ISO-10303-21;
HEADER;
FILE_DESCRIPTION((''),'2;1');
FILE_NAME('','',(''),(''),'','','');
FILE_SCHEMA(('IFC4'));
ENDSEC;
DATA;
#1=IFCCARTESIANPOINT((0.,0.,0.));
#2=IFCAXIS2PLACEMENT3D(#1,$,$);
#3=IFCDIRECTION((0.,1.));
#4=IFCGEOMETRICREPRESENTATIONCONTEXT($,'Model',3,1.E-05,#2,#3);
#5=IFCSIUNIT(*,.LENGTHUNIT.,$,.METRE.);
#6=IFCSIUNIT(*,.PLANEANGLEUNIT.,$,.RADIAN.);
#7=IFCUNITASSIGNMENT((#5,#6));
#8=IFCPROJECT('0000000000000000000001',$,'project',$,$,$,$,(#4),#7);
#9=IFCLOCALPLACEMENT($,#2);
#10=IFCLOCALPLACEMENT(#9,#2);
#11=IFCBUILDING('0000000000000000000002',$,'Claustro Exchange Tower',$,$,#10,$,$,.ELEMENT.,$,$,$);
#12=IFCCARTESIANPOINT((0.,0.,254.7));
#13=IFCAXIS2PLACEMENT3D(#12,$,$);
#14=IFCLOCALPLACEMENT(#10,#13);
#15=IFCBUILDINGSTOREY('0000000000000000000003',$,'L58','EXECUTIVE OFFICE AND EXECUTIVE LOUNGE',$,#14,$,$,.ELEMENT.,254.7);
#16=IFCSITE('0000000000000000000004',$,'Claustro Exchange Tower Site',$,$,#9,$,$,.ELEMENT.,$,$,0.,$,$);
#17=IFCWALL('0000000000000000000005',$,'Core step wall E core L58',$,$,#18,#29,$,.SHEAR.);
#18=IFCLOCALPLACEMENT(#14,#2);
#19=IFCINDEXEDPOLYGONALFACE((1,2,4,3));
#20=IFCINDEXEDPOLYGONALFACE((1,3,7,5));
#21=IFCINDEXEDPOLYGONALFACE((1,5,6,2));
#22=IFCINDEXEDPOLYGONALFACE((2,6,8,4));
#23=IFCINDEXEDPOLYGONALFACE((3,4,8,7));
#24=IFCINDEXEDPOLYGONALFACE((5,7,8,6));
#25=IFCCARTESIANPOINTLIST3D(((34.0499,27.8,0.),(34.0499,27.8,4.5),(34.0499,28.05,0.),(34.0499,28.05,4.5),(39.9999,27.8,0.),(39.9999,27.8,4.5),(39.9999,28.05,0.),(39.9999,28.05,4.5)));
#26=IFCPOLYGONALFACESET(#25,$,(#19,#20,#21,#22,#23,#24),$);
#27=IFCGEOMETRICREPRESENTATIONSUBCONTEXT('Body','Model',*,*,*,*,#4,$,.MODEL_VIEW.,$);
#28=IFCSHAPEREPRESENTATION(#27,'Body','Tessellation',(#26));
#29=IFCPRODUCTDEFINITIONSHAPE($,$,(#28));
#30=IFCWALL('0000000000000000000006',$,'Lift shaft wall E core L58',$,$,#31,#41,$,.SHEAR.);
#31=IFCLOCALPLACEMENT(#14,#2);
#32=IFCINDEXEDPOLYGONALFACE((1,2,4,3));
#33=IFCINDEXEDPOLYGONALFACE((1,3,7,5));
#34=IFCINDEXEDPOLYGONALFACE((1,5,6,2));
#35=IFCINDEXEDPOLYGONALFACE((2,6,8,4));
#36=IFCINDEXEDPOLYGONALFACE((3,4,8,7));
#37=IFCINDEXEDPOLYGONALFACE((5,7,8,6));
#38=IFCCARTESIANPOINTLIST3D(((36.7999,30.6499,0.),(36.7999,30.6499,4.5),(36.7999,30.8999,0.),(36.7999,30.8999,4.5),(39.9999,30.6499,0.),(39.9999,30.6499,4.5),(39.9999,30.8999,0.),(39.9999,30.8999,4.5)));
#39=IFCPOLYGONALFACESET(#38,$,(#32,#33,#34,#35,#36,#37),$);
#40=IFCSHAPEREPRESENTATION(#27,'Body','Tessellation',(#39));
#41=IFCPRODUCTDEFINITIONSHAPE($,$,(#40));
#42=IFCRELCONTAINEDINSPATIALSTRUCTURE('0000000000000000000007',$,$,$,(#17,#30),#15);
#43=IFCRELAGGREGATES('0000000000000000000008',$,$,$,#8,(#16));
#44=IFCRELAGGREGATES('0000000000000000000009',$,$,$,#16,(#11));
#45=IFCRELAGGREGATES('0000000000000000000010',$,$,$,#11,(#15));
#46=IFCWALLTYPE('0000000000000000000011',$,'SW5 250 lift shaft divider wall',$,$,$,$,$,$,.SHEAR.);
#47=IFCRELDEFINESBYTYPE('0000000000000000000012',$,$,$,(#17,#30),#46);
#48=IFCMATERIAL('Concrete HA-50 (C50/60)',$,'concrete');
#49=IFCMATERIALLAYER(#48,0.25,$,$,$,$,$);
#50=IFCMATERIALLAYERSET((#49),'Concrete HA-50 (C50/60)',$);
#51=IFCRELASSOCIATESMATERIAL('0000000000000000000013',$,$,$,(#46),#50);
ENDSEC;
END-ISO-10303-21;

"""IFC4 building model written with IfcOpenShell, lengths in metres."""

from ifc_helpers import new_model, si_unit, direction, frame, frame_2d, origin, place, context, subcontext, project, spatial, rectangle, extrude, material, layer, layer_set, type_object, element, save


model = new_model("IFC4")

# Units and contexts
model_context = context("Model", 3, precision=1e-05, world=origin(), true_north=direction((0.0, 1.0)))
body_context = subcontext(model_context, "Body", "Model", "MODEL_VIEW")
ifc_project = project(units=[si_unit("LENGTHUNIT", "METRE"), si_unit("PLANEANGLEUNIT", "RADIAN")], contexts=[model_context])

# Site, building, storey
site_placement = place(None, origin())
site = spatial("IfcSite", under=ifc_project, at=site_placement, Name="Claustro Exchange Tower Site", CompositionType="ELEMENT", RefElevation=0.0)
building_placement = place(site_placement, origin())
building = spatial("IfcBuilding", under=site, at=building_placement, Name="Claustro Exchange Tower", CompositionType="ELEMENT")
storey_placement = place(building_placement, frame((0.0, 0.0, 254.7)))
storey = spatial("IfcBuildingStorey", under=building, at=storey_placement, Name="L58", Description="EXECUTIVE OFFICE AND EXECUTIVE LOUNGE", CompositionType="ELEMENT", Elevation=254.7)

# Walls
ifc_material_1 = material(Name="Concrete HA-50 (C50/60)", Category="concrete")
ifc_layer_1 = layer(ifc_material_1, 0.25)
ifc_layer_set_1 = layer_set([ifc_layer_1], Name="Concrete HA-50 (C50/60)")
wall_type_1 = type_object("IfcWallType", Name="SW5 250 lift shaft divider wall", PredefinedType="SHEAR", material=ifc_layer_set_1)
wall_1_placement = place(storey_placement, frame((40.0, 27.925, 0.0), z_axis=(0.0, 0.0, 1.0), x_axis=(-1.0, 0.0, 0.0)))
element("IfcWall", 1, at=wall_1_placement, inside=storey, type_object=wall_type_1, Name="Core step wall E core L58", PredefinedType="SHEAR", context=body_context, shape_type="SweptSolid", body=[
    extrude(rectangle(XDim=5.95, YDim=0.25, at=frame_2d((2.9751, 0.0))), origin(), (0.0, 0.0, 1.0), 4.5),
])
wall_2_placement = place(storey_placement, frame((40.0, 30.7749, 0.0), z_axis=(0.0, 0.0, 1.0), x_axis=(-1.0, 0.0, 0.0)))
element("IfcWall", 2, at=wall_2_placement, inside=storey, type_object=wall_type_1, Name="Lift shaft wall E core L58", PredefinedType="SHEAR", context=body_context, shape_type="SweptSolid", body=[
    extrude(rectangle(XDim=3.2, YDim=0.25, at=frame_2d((1.6001, 0.0))), origin(), (0.0, 0.0, 1.0), 4.5),
])

save(model, "model.ifc")
